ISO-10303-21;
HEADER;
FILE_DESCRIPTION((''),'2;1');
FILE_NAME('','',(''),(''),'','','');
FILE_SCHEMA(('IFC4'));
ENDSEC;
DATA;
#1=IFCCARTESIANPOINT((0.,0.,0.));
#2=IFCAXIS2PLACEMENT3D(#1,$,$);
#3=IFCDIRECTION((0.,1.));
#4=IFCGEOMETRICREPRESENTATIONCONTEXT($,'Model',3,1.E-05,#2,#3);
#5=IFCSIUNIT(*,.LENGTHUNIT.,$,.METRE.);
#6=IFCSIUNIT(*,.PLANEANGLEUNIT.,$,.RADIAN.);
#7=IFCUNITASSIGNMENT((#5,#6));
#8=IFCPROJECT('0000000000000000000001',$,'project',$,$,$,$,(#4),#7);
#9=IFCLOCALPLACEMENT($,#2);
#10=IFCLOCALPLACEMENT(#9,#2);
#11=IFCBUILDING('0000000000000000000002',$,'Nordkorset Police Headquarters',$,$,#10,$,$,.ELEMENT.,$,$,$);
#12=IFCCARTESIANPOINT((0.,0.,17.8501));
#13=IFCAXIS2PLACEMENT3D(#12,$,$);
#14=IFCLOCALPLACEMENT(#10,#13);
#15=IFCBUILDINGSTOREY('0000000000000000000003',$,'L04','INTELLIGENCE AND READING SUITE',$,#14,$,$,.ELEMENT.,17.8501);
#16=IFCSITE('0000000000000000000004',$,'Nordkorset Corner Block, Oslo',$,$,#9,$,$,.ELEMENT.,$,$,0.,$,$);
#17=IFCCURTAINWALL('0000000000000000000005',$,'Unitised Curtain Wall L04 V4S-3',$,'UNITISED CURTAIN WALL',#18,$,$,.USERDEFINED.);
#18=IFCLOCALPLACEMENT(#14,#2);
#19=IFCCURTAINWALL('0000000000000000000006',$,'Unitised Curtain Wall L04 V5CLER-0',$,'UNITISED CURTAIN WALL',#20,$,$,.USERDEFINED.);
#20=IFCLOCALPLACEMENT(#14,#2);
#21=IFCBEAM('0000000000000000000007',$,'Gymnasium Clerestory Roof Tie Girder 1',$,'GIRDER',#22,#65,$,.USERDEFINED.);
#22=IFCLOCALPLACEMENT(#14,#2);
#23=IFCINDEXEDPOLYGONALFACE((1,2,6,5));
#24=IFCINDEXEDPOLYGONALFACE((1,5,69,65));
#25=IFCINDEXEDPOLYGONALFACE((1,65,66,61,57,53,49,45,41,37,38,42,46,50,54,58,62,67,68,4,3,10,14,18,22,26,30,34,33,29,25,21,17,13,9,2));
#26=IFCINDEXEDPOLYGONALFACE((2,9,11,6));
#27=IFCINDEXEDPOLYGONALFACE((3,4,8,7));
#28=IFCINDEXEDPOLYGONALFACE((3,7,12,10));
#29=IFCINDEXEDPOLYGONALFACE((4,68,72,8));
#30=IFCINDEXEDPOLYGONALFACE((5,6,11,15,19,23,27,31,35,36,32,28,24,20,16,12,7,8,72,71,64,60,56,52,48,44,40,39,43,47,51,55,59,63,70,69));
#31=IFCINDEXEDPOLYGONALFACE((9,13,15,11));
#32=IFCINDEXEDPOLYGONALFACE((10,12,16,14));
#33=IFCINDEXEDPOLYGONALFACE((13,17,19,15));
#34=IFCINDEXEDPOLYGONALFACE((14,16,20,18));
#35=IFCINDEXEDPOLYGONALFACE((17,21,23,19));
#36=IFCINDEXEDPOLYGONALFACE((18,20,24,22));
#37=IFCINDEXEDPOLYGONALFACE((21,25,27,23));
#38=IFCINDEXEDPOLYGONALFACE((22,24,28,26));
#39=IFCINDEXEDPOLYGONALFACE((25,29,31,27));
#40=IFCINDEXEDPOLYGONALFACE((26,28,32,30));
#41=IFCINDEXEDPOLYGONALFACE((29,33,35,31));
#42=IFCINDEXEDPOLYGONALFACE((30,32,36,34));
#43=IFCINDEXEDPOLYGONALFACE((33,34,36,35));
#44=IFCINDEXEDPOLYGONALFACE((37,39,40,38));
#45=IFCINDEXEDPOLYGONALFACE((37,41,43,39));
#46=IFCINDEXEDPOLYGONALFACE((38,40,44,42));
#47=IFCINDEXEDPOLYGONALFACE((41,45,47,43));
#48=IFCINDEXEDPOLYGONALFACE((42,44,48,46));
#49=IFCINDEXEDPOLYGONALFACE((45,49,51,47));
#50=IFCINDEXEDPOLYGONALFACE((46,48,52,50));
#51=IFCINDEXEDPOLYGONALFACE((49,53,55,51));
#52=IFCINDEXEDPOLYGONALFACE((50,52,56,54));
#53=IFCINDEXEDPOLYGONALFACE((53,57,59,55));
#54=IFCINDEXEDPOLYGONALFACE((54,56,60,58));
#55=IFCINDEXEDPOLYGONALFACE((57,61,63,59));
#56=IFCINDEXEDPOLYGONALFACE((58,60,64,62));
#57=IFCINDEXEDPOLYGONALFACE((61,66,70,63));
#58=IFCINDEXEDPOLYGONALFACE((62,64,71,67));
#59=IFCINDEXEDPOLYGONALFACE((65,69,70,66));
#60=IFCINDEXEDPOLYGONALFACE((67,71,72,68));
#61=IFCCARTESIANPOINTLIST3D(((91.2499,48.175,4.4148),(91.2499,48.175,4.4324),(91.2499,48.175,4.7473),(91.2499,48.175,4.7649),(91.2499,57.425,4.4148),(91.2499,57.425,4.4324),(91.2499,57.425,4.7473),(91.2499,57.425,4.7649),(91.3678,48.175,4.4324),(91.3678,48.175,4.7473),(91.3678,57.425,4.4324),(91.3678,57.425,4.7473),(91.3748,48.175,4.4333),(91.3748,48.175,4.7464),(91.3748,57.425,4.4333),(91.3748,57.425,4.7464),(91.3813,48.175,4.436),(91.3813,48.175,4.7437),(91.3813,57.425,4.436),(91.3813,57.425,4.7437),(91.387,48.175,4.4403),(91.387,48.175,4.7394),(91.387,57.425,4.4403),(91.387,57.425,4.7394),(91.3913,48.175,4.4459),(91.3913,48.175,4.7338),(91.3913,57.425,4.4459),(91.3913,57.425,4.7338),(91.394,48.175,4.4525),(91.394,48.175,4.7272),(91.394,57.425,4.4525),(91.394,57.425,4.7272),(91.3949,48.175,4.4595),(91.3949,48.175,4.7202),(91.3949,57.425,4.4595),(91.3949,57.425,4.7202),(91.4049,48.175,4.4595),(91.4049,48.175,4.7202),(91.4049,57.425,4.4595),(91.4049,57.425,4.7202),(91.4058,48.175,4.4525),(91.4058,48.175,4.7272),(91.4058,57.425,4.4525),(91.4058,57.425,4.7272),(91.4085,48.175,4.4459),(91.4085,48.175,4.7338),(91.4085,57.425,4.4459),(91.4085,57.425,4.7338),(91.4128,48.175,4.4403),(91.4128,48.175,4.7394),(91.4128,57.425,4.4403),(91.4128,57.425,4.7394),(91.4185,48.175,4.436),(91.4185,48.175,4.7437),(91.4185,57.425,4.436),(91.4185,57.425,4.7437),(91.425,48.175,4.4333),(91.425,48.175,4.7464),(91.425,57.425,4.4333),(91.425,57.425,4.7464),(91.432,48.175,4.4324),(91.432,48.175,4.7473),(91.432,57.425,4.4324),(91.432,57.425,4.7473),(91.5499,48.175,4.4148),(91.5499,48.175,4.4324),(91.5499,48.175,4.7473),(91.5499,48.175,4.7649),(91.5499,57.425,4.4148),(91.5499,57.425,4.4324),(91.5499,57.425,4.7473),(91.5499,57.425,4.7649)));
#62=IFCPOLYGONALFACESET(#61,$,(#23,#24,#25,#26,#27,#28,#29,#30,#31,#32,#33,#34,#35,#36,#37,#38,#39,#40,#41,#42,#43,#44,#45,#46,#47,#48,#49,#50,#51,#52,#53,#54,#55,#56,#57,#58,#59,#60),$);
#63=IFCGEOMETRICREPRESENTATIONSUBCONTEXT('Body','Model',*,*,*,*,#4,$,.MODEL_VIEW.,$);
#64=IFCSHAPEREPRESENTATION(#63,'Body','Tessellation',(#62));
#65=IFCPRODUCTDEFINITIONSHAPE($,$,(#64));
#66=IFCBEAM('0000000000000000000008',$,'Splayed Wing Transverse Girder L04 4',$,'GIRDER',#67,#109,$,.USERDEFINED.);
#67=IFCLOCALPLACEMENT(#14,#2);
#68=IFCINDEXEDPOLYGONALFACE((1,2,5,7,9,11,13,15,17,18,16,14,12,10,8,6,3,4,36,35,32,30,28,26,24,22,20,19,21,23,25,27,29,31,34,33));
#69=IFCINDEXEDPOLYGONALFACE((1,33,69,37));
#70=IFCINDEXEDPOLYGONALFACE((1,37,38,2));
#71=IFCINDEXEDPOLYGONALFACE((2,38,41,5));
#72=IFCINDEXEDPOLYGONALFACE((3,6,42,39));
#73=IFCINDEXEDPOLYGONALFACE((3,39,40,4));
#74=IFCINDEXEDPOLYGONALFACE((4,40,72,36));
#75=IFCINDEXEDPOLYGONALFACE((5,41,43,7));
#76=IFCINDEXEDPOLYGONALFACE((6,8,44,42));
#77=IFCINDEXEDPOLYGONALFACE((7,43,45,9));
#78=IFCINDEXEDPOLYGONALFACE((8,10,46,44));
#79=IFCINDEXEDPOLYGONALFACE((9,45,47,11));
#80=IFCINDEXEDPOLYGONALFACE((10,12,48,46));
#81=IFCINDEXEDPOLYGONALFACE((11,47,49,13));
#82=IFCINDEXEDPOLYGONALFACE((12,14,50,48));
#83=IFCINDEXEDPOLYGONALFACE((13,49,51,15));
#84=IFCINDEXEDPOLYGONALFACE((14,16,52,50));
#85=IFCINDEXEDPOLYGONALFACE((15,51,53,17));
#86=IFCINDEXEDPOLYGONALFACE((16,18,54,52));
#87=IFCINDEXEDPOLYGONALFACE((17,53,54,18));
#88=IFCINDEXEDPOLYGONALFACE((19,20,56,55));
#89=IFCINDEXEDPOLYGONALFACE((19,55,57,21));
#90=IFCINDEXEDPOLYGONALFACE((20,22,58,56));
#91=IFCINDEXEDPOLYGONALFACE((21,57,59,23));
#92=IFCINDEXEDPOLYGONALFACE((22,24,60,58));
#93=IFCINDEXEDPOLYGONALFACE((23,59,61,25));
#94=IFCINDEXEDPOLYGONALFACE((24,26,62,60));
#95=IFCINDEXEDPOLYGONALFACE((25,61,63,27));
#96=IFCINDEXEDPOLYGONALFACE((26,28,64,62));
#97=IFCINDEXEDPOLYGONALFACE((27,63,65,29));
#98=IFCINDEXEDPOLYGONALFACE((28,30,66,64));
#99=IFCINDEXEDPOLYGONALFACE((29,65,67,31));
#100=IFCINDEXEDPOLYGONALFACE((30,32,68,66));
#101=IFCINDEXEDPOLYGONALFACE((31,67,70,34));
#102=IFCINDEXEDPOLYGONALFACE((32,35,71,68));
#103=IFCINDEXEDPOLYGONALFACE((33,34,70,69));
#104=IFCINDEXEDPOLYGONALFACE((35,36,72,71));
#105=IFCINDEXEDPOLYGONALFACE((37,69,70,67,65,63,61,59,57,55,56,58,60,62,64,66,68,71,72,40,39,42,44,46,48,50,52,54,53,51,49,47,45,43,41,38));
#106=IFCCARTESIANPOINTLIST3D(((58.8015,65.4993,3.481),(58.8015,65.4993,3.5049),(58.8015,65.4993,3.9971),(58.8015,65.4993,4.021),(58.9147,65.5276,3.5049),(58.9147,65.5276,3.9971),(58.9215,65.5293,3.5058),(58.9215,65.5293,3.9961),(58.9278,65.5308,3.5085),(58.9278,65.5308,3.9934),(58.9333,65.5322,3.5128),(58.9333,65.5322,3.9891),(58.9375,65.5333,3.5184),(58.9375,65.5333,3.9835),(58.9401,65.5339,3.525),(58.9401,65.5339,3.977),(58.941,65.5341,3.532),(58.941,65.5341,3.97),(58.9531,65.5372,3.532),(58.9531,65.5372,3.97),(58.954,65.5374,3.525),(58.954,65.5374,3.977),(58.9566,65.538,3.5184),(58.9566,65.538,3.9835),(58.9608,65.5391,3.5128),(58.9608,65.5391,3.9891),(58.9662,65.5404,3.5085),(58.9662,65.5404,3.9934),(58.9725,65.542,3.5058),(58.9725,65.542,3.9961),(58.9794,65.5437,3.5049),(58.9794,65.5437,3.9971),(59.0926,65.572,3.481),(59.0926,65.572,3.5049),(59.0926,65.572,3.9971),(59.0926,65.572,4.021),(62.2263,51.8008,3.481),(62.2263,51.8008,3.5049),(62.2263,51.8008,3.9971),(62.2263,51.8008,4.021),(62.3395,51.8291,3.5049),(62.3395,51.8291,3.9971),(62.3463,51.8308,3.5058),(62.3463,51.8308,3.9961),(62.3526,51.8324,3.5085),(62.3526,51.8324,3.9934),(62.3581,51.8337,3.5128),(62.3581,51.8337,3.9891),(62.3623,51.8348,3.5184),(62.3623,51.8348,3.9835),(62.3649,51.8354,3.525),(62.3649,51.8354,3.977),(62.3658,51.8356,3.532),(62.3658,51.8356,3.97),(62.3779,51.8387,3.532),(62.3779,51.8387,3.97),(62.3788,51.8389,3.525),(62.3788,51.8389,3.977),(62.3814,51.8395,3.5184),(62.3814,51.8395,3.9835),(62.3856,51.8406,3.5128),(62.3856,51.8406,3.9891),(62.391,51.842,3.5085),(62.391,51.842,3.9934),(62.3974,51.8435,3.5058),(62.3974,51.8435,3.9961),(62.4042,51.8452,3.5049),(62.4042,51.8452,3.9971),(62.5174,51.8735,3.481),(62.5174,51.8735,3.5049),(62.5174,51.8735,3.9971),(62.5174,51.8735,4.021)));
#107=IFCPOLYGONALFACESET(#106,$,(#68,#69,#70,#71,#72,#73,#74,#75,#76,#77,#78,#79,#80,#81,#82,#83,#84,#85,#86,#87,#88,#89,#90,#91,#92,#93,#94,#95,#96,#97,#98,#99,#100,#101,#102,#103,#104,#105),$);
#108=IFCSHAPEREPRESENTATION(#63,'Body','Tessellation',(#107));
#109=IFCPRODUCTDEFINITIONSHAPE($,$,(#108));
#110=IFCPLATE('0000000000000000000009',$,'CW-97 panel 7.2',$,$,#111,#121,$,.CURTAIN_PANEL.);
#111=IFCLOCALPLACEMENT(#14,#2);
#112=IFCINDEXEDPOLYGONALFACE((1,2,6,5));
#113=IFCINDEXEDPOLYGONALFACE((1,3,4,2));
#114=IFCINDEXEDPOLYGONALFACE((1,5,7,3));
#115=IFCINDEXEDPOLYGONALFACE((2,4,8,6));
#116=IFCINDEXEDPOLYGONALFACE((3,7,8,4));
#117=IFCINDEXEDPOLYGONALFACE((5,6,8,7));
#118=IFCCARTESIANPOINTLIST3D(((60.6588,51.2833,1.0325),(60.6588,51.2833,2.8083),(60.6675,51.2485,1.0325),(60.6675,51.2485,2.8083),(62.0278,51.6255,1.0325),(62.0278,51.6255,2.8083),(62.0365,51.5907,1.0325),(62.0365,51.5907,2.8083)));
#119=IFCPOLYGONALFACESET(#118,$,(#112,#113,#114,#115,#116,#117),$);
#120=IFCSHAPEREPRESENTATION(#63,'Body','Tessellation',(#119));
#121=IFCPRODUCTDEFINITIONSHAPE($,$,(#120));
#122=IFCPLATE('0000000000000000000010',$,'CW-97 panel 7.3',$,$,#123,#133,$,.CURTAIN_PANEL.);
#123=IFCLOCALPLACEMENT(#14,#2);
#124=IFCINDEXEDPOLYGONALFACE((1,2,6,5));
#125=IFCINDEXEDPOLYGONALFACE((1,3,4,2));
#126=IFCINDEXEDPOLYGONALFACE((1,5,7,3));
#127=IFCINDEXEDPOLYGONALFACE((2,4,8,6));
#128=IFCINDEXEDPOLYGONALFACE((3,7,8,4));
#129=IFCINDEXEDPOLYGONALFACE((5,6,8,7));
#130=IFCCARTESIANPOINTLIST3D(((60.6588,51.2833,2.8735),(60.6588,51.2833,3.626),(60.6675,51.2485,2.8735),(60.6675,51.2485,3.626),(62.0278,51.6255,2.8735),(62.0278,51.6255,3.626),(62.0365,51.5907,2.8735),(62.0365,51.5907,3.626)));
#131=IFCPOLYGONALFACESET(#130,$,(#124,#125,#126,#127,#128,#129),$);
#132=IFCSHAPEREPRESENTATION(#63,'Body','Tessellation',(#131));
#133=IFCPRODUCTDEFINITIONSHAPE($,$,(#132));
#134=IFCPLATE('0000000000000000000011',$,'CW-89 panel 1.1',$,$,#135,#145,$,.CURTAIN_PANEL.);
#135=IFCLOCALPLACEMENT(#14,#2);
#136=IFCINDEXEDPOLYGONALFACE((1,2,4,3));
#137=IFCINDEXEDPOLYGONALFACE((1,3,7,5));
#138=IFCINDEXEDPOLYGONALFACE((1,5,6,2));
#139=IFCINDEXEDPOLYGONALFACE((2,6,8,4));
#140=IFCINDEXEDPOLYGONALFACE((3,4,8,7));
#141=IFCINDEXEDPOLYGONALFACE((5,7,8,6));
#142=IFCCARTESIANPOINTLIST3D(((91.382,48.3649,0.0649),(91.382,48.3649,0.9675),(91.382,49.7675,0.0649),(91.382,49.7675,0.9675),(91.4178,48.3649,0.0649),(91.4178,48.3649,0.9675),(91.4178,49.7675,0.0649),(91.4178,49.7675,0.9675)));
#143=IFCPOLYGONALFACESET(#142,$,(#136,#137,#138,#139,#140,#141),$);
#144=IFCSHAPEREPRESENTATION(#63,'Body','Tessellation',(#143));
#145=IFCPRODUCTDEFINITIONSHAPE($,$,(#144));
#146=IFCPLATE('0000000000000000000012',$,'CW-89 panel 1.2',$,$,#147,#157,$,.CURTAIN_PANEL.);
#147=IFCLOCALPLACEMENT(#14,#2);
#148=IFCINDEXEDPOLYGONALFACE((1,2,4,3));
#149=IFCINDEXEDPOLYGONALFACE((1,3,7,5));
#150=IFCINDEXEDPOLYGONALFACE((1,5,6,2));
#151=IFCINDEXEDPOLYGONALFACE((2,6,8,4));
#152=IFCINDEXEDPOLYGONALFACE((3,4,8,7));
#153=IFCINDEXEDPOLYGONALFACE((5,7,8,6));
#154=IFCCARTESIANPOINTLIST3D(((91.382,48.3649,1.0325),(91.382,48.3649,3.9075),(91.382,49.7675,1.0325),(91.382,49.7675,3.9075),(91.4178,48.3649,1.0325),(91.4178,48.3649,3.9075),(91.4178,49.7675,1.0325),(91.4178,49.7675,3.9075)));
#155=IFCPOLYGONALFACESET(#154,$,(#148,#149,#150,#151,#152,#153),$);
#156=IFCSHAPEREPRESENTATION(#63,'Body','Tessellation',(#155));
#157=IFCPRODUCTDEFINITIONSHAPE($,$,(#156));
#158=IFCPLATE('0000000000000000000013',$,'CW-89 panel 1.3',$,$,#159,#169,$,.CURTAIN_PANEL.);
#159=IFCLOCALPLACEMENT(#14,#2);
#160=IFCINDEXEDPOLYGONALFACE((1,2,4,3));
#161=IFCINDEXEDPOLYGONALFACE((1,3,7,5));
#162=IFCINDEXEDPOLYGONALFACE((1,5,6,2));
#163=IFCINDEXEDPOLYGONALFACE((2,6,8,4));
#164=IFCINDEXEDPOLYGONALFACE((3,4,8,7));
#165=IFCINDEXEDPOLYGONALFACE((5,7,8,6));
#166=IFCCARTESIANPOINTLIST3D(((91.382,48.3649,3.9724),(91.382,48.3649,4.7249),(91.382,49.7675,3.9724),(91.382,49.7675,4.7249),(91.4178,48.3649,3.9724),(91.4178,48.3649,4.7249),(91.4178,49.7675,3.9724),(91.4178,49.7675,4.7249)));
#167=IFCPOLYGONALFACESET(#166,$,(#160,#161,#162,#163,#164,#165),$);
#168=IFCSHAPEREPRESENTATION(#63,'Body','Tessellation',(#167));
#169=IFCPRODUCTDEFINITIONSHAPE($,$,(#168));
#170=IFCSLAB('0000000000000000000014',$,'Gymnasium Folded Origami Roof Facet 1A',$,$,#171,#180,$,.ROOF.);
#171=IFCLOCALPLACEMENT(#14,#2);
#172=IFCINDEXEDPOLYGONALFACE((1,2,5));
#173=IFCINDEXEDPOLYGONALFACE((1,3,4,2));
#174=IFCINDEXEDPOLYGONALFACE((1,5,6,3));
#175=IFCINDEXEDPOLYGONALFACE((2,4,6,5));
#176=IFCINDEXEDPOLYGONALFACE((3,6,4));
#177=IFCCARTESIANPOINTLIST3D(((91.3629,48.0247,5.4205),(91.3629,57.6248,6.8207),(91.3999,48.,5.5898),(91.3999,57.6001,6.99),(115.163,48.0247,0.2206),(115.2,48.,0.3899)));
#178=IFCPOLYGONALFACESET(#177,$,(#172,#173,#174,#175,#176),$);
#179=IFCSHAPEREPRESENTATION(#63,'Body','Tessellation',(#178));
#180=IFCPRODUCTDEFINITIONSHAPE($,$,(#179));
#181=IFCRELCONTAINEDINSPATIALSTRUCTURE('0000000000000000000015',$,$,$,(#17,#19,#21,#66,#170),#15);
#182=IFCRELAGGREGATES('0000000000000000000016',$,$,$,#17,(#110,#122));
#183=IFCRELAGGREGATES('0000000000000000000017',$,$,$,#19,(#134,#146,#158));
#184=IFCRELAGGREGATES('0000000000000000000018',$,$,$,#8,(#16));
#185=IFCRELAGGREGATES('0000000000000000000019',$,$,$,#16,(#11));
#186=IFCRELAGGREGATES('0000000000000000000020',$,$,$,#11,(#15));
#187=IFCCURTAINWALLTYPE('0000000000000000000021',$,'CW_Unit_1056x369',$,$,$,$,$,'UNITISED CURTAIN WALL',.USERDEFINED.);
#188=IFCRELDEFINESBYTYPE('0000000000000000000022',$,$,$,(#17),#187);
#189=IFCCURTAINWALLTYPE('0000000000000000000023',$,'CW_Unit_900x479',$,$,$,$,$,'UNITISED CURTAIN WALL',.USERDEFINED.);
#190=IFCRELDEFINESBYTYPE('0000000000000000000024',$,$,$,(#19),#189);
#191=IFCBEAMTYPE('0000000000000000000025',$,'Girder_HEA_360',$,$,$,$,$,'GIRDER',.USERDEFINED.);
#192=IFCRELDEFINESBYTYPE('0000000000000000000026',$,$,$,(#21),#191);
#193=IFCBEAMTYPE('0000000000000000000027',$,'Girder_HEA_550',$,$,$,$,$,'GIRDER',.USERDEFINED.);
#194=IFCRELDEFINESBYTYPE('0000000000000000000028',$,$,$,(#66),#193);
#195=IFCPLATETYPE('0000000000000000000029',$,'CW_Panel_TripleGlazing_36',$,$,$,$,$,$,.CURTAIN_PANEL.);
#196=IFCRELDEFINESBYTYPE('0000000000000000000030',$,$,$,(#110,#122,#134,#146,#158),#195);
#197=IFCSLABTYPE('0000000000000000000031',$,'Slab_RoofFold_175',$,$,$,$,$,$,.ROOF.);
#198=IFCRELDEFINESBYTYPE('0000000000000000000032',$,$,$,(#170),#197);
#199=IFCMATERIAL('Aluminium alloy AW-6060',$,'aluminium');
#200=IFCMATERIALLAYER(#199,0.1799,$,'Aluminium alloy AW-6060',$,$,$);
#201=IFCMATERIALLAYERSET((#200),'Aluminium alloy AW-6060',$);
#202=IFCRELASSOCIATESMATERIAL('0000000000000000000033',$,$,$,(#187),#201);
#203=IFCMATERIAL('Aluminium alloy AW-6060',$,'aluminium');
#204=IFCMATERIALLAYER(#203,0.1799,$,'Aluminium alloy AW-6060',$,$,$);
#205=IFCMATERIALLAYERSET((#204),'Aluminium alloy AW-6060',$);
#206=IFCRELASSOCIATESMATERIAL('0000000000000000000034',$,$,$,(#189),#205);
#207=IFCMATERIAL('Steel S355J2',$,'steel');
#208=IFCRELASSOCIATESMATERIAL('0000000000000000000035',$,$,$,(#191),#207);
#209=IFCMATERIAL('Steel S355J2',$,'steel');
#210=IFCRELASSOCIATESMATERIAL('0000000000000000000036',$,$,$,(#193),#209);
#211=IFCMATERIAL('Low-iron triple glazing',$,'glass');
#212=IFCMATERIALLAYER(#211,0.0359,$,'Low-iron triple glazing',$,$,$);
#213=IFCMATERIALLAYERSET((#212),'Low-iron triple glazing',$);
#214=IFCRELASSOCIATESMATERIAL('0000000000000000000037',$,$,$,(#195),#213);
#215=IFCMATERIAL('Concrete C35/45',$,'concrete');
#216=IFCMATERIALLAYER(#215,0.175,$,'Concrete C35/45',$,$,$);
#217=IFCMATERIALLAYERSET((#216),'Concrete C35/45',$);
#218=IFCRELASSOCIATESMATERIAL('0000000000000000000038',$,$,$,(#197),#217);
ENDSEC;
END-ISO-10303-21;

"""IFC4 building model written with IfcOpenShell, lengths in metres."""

from ifc_helpers import new_model, si_unit, direction, frame, origin, origin_2d, place, context, subcontext, project, spatial, polyline, rectangle, i_section, outline, extrude, material, layer, layer_set, material_profile, profile_set, type_object, element, aggregate, save


model = new_model("IFC4")

# Units and contexts
model_context = context("Model", 3, precision=1e-05, world=origin(), true_north=direction((0.0, 1.0)))
body_context = subcontext(model_context, "Body", "Model", "MODEL_VIEW")
ifc_project = project(units=[si_unit("LENGTHUNIT", "METRE"), si_unit("PLANEANGLEUNIT", "RADIAN")], contexts=[model_context])

# Site, building, storey
site_placement = place(None, origin())
site = spatial("IfcSite", under=ifc_project, at=site_placement, Name="Nordkorset Corner Block, Oslo", CompositionType="ELEMENT", RefElevation=0.0)
building_placement = place(site_placement, origin())
building = spatial("IfcBuilding", under=site, at=building_placement, Name="Nordkorset Police Headquarters", CompositionType="ELEMENT")
storey_placement = place(building_placement, frame((0.0, 0.0, 17.8501)))
storey = spatial("IfcBuildingStorey", under=building, at=storey_placement, Name="L04", Description="INTELLIGENCE AND READING SUITE", CompositionType="ELEMENT", Elevation=17.8501)

# Curtain wall
ifc_material_1 = material(Name="Aluminium alloy AW-6060", Category="aluminium")
ifc_layer_1 = layer(ifc_material_1, 0.1799, Name="Aluminium alloy AW-6060")
ifc_layer_set_1 = layer_set([ifc_layer_1], Name="Aluminium alloy AW-6060")
curtain_wall_type_1 = type_object("IfcCurtainWallType", Name="CW_Unit_1056x369", ElementType="UNITISED CURTAIN WALL", PredefinedType="USERDEFINED", material=ifc_layer_set_1)
curtain_wall_1_placement = place(storey_placement, origin())
curtain_wall_1 = element("IfcCurtainWall", 1, at=curtain_wall_1_placement, inside=storey, type_object=curtain_wall_type_1, Name="Unitised Curtain Wall L04 V4S-3", ObjectType="UNITISED CURTAIN WALL", PredefinedType="USERDEFINED")

# Curtain wall
ifc_material_2 = material(Name="Aluminium alloy AW-6060", Category="aluminium")
ifc_layer_2 = layer(ifc_material_2, 0.1799, Name="Aluminium alloy AW-6060")
ifc_layer_set_2 = layer_set([ifc_layer_2], Name="Aluminium alloy AW-6060")
curtain_wall_type_2 = type_object("IfcCurtainWallType", Name="CW_Unit_900x479", ElementType="UNITISED CURTAIN WALL", PredefinedType="USERDEFINED", material=ifc_layer_set_2)
curtain_wall_2_placement = place(storey_placement, origin())
curtain_wall_2 = element("IfcCurtainWall", 2, at=curtain_wall_2_placement, inside=storey, type_object=curtain_wall_type_2, Name="Unitised Curtain Wall L04 V5CLER-0", ObjectType="UNITISED CURTAIN WALL", PredefinedType="USERDEFINED")

# Beams
ifc_material_3 = material(Name="Steel S355J2", Category="steel")
ifc_material_profile_1 = material_profile(ifc_material_3, i_section(OverallWidth=0.3, OverallDepth=0.3501, WebThickness=0.01, FlangeThickness=0.0176, FilletRadius=0.0271, at=origin_2d()), Name="HEA 360")
ifc_profile_set_1 = profile_set([ifc_material_profile_1], Name="Steel S355J2")
beam_type_1 = type_object("IfcBeamType", Name="Girder_HEA_360", ElementType="GIRDER", PredefinedType="USERDEFINED", material=ifc_profile_set_1)
beam_1_placement = place(storey_placement, frame((91.3999, 48.175, 4.5898), z_axis=(0.0, 1.0, 0.0), x_axis=(-1.0, 0.0, 0.0)))
element("IfcBeam", 3, at=beam_1_placement, inside=storey, type_object=beam_type_1, Name="Gymnasium Clerestory Roof Tie Girder 1", ObjectType="GIRDER", PredefinedType="USERDEFINED", context=body_context, shape_type="SweptSolid", body=[
    extrude(i_section(OverallWidth=0.3, OverallDepth=0.3501, WebThickness=0.01, FlangeThickness=0.0176, FilletRadius=0.0271, at=origin_2d()), origin(), (0.0, 0.0, 1.0), 9.25),
])
ifc_material_4 = material(Name="Steel S355J2", Category="steel")
ifc_material_profile_2 = material_profile(ifc_material_4, i_section(OverallWidth=0.3, OverallDepth=0.54, WebThickness=0.0125, FlangeThickness=0.0239, FilletRadius=0.0271, at=origin_2d()), Name="HEA 550")
ifc_profile_set_2 = profile_set([ifc_material_profile_2], Name="Steel S355J2")
beam_type_2 = type_object("IfcBeamType", Name="Girder_HEA_550", ElementType="GIRDER", PredefinedType="USERDEFINED", material=ifc_profile_set_2)
beam_2_placement = place(storey_placement, frame((62.3718, 51.8372, 3.751), z_axis=(-0.242548, 0.970139, 0.0), x_axis=(-0.970139, -0.242548, 0.0)))
element("IfcBeam", 4, at=beam_2_placement, inside=storey, type_object=beam_type_2, Name="Splayed Wing Transverse Girder L04 4", ObjectType="GIRDER", PredefinedType="USERDEFINED", context=body_context, shape_type="SweptSolid", body=[
    extrude(i_section(OverallWidth=0.3, OverallDepth=0.54, WebThickness=0.0125, FlangeThickness=0.0239, FilletRadius=0.0271, at=origin_2d()), origin(), (0.0, 0.0, 1.0), 14.1201),
])

# Plates
ifc_material_5 = material(Name="Low-iron triple glazing", Category="glass")
ifc_layer_3 = layer(ifc_material_5, 0.0359, Name="Low-iron triple glazing")
ifc_layer_set_3 = layer_set([ifc_layer_3], Name="Low-iron triple glazing")
plate_type = type_object("IfcPlateType", Name="CW_Panel_TripleGlazing_36", PredefinedType="CURTAIN_PANEL", material=ifc_layer_set_3)
plate_1_placement = place(storey_placement, frame((61.3477, 51.437, 1.0325), z_axis=(0.0, 0.0, 1.0), x_axis=(0.970143, 0.242535, 0.0)))
plate_1 = element("IfcPlate", 5, at=plate_1_placement, type_object=plate_type, Name="CW-97 panel 7.2", PredefinedType="CURTAIN_PANEL", context=body_context, shape_type="SweptSolid", body=[
    extrude(rectangle(XDim=1.4111, YDim=0.0359, at=origin_2d()), origin(), (0.0, 0.0, 1.0), 1.7759),
])
plate_2_placement = place(storey_placement, frame((61.3477, 51.437, 2.8735), z_axis=(0.0, 0.0, 1.0), x_axis=(0.970143, 0.242535, 0.0)))
plate_2 = element("IfcPlate", 6, at=plate_2_placement, type_object=plate_type, Name="CW-97 panel 7.3", PredefinedType="CURTAIN_PANEL", context=body_context, shape_type="SweptSolid", body=[
    extrude(rectangle(XDim=1.4111, YDim=0.0359, at=origin_2d()), origin(), (0.0, 0.0, 1.0), 0.7524),
])
aggregate(curtain_wall_1, [plate_1, plate_2])
plate_3_placement = place(storey_placement, frame((91.3999, 49.0662, 0.0649), z_axis=(0.0, 0.0, 1.0), x_axis=(0.0, 1.0, 0.0)))
plate_3 = element("IfcPlate", 7, at=plate_3_placement, type_object=plate_type, Name="CW-89 panel 1.1", PredefinedType="CURTAIN_PANEL", context=body_context, shape_type="SweptSolid", body=[
    extrude(rectangle(XDim=1.4026, YDim=0.0359, at=origin_2d()), origin(), (0.0, 0.0, 1.0), 0.9026),
])
plate_4_placement = place(storey_placement, frame((91.3999, 49.0662, 1.0325), z_axis=(0.0, 0.0, 1.0), x_axis=(0.0, 1.0, 0.0)))
plate_4 = element("IfcPlate", 8, at=plate_4_placement, type_object=plate_type, Name="CW-89 panel 1.2", PredefinedType="CURTAIN_PANEL", context=body_context, shape_type="SweptSolid", body=[
    extrude(rectangle(XDim=1.4026, YDim=0.0359, at=origin_2d()), origin(), (0.0, 0.0, 1.0), 2.875),
])
plate_5_placement = place(storey_placement, frame((91.3999, 49.0662, 3.9724), z_axis=(0.0, 0.0, 1.0), x_axis=(0.0, 1.0, 0.0)))
plate_5 = element("IfcPlate", 9, at=plate_5_placement, type_object=plate_type, Name="CW-89 panel 1.3", PredefinedType="CURTAIN_PANEL", context=body_context, shape_type="SweptSolid", body=[
    extrude(rectangle(XDim=1.4026, YDim=0.0359, at=origin_2d()), origin(), (0.0, 0.0, 1.0), 0.7524),
])
aggregate(curtain_wall_2, [plate_3, plate_4, plate_5])

# Slab
ifc_material_6 = material(Name="Concrete C35/45", Category="concrete")
ifc_layer_4 = layer(ifc_material_6, 0.175, Name="Concrete C35/45")
ifc_layer_set_4 = layer_set([ifc_layer_4], Name="Concrete C35/45")
slab_type = type_object("IfcSlabType", Name="Slab_RoofFold_175", PredefinedType="ROOF", material=ifc_layer_set_4)
slab_placement = place(storey_placement, frame((91.3999, 48.0, 5.5898), z_axis=(0.211315, -0.141061, 0.967185), x_axis=(0.976954, 0.0, -0.21345)))
element("IfcSlab", 10, at=slab_placement, inside=storey, type_object=slab_type, Name="Gymnasium Folded Origami Roof Facet 1A", PredefinedType="ROOF", context=body_context, shape_type="SweptSolid", body=[
    extrude(outline(polyline([(0.0, 0.0), (24.3615, 0.0), (-0.2989, 9.6971), (0.0, 0.0)])), origin(), (0.0, 0.0, -1.0), 0.175),
])

save(model, "model.ifc")
